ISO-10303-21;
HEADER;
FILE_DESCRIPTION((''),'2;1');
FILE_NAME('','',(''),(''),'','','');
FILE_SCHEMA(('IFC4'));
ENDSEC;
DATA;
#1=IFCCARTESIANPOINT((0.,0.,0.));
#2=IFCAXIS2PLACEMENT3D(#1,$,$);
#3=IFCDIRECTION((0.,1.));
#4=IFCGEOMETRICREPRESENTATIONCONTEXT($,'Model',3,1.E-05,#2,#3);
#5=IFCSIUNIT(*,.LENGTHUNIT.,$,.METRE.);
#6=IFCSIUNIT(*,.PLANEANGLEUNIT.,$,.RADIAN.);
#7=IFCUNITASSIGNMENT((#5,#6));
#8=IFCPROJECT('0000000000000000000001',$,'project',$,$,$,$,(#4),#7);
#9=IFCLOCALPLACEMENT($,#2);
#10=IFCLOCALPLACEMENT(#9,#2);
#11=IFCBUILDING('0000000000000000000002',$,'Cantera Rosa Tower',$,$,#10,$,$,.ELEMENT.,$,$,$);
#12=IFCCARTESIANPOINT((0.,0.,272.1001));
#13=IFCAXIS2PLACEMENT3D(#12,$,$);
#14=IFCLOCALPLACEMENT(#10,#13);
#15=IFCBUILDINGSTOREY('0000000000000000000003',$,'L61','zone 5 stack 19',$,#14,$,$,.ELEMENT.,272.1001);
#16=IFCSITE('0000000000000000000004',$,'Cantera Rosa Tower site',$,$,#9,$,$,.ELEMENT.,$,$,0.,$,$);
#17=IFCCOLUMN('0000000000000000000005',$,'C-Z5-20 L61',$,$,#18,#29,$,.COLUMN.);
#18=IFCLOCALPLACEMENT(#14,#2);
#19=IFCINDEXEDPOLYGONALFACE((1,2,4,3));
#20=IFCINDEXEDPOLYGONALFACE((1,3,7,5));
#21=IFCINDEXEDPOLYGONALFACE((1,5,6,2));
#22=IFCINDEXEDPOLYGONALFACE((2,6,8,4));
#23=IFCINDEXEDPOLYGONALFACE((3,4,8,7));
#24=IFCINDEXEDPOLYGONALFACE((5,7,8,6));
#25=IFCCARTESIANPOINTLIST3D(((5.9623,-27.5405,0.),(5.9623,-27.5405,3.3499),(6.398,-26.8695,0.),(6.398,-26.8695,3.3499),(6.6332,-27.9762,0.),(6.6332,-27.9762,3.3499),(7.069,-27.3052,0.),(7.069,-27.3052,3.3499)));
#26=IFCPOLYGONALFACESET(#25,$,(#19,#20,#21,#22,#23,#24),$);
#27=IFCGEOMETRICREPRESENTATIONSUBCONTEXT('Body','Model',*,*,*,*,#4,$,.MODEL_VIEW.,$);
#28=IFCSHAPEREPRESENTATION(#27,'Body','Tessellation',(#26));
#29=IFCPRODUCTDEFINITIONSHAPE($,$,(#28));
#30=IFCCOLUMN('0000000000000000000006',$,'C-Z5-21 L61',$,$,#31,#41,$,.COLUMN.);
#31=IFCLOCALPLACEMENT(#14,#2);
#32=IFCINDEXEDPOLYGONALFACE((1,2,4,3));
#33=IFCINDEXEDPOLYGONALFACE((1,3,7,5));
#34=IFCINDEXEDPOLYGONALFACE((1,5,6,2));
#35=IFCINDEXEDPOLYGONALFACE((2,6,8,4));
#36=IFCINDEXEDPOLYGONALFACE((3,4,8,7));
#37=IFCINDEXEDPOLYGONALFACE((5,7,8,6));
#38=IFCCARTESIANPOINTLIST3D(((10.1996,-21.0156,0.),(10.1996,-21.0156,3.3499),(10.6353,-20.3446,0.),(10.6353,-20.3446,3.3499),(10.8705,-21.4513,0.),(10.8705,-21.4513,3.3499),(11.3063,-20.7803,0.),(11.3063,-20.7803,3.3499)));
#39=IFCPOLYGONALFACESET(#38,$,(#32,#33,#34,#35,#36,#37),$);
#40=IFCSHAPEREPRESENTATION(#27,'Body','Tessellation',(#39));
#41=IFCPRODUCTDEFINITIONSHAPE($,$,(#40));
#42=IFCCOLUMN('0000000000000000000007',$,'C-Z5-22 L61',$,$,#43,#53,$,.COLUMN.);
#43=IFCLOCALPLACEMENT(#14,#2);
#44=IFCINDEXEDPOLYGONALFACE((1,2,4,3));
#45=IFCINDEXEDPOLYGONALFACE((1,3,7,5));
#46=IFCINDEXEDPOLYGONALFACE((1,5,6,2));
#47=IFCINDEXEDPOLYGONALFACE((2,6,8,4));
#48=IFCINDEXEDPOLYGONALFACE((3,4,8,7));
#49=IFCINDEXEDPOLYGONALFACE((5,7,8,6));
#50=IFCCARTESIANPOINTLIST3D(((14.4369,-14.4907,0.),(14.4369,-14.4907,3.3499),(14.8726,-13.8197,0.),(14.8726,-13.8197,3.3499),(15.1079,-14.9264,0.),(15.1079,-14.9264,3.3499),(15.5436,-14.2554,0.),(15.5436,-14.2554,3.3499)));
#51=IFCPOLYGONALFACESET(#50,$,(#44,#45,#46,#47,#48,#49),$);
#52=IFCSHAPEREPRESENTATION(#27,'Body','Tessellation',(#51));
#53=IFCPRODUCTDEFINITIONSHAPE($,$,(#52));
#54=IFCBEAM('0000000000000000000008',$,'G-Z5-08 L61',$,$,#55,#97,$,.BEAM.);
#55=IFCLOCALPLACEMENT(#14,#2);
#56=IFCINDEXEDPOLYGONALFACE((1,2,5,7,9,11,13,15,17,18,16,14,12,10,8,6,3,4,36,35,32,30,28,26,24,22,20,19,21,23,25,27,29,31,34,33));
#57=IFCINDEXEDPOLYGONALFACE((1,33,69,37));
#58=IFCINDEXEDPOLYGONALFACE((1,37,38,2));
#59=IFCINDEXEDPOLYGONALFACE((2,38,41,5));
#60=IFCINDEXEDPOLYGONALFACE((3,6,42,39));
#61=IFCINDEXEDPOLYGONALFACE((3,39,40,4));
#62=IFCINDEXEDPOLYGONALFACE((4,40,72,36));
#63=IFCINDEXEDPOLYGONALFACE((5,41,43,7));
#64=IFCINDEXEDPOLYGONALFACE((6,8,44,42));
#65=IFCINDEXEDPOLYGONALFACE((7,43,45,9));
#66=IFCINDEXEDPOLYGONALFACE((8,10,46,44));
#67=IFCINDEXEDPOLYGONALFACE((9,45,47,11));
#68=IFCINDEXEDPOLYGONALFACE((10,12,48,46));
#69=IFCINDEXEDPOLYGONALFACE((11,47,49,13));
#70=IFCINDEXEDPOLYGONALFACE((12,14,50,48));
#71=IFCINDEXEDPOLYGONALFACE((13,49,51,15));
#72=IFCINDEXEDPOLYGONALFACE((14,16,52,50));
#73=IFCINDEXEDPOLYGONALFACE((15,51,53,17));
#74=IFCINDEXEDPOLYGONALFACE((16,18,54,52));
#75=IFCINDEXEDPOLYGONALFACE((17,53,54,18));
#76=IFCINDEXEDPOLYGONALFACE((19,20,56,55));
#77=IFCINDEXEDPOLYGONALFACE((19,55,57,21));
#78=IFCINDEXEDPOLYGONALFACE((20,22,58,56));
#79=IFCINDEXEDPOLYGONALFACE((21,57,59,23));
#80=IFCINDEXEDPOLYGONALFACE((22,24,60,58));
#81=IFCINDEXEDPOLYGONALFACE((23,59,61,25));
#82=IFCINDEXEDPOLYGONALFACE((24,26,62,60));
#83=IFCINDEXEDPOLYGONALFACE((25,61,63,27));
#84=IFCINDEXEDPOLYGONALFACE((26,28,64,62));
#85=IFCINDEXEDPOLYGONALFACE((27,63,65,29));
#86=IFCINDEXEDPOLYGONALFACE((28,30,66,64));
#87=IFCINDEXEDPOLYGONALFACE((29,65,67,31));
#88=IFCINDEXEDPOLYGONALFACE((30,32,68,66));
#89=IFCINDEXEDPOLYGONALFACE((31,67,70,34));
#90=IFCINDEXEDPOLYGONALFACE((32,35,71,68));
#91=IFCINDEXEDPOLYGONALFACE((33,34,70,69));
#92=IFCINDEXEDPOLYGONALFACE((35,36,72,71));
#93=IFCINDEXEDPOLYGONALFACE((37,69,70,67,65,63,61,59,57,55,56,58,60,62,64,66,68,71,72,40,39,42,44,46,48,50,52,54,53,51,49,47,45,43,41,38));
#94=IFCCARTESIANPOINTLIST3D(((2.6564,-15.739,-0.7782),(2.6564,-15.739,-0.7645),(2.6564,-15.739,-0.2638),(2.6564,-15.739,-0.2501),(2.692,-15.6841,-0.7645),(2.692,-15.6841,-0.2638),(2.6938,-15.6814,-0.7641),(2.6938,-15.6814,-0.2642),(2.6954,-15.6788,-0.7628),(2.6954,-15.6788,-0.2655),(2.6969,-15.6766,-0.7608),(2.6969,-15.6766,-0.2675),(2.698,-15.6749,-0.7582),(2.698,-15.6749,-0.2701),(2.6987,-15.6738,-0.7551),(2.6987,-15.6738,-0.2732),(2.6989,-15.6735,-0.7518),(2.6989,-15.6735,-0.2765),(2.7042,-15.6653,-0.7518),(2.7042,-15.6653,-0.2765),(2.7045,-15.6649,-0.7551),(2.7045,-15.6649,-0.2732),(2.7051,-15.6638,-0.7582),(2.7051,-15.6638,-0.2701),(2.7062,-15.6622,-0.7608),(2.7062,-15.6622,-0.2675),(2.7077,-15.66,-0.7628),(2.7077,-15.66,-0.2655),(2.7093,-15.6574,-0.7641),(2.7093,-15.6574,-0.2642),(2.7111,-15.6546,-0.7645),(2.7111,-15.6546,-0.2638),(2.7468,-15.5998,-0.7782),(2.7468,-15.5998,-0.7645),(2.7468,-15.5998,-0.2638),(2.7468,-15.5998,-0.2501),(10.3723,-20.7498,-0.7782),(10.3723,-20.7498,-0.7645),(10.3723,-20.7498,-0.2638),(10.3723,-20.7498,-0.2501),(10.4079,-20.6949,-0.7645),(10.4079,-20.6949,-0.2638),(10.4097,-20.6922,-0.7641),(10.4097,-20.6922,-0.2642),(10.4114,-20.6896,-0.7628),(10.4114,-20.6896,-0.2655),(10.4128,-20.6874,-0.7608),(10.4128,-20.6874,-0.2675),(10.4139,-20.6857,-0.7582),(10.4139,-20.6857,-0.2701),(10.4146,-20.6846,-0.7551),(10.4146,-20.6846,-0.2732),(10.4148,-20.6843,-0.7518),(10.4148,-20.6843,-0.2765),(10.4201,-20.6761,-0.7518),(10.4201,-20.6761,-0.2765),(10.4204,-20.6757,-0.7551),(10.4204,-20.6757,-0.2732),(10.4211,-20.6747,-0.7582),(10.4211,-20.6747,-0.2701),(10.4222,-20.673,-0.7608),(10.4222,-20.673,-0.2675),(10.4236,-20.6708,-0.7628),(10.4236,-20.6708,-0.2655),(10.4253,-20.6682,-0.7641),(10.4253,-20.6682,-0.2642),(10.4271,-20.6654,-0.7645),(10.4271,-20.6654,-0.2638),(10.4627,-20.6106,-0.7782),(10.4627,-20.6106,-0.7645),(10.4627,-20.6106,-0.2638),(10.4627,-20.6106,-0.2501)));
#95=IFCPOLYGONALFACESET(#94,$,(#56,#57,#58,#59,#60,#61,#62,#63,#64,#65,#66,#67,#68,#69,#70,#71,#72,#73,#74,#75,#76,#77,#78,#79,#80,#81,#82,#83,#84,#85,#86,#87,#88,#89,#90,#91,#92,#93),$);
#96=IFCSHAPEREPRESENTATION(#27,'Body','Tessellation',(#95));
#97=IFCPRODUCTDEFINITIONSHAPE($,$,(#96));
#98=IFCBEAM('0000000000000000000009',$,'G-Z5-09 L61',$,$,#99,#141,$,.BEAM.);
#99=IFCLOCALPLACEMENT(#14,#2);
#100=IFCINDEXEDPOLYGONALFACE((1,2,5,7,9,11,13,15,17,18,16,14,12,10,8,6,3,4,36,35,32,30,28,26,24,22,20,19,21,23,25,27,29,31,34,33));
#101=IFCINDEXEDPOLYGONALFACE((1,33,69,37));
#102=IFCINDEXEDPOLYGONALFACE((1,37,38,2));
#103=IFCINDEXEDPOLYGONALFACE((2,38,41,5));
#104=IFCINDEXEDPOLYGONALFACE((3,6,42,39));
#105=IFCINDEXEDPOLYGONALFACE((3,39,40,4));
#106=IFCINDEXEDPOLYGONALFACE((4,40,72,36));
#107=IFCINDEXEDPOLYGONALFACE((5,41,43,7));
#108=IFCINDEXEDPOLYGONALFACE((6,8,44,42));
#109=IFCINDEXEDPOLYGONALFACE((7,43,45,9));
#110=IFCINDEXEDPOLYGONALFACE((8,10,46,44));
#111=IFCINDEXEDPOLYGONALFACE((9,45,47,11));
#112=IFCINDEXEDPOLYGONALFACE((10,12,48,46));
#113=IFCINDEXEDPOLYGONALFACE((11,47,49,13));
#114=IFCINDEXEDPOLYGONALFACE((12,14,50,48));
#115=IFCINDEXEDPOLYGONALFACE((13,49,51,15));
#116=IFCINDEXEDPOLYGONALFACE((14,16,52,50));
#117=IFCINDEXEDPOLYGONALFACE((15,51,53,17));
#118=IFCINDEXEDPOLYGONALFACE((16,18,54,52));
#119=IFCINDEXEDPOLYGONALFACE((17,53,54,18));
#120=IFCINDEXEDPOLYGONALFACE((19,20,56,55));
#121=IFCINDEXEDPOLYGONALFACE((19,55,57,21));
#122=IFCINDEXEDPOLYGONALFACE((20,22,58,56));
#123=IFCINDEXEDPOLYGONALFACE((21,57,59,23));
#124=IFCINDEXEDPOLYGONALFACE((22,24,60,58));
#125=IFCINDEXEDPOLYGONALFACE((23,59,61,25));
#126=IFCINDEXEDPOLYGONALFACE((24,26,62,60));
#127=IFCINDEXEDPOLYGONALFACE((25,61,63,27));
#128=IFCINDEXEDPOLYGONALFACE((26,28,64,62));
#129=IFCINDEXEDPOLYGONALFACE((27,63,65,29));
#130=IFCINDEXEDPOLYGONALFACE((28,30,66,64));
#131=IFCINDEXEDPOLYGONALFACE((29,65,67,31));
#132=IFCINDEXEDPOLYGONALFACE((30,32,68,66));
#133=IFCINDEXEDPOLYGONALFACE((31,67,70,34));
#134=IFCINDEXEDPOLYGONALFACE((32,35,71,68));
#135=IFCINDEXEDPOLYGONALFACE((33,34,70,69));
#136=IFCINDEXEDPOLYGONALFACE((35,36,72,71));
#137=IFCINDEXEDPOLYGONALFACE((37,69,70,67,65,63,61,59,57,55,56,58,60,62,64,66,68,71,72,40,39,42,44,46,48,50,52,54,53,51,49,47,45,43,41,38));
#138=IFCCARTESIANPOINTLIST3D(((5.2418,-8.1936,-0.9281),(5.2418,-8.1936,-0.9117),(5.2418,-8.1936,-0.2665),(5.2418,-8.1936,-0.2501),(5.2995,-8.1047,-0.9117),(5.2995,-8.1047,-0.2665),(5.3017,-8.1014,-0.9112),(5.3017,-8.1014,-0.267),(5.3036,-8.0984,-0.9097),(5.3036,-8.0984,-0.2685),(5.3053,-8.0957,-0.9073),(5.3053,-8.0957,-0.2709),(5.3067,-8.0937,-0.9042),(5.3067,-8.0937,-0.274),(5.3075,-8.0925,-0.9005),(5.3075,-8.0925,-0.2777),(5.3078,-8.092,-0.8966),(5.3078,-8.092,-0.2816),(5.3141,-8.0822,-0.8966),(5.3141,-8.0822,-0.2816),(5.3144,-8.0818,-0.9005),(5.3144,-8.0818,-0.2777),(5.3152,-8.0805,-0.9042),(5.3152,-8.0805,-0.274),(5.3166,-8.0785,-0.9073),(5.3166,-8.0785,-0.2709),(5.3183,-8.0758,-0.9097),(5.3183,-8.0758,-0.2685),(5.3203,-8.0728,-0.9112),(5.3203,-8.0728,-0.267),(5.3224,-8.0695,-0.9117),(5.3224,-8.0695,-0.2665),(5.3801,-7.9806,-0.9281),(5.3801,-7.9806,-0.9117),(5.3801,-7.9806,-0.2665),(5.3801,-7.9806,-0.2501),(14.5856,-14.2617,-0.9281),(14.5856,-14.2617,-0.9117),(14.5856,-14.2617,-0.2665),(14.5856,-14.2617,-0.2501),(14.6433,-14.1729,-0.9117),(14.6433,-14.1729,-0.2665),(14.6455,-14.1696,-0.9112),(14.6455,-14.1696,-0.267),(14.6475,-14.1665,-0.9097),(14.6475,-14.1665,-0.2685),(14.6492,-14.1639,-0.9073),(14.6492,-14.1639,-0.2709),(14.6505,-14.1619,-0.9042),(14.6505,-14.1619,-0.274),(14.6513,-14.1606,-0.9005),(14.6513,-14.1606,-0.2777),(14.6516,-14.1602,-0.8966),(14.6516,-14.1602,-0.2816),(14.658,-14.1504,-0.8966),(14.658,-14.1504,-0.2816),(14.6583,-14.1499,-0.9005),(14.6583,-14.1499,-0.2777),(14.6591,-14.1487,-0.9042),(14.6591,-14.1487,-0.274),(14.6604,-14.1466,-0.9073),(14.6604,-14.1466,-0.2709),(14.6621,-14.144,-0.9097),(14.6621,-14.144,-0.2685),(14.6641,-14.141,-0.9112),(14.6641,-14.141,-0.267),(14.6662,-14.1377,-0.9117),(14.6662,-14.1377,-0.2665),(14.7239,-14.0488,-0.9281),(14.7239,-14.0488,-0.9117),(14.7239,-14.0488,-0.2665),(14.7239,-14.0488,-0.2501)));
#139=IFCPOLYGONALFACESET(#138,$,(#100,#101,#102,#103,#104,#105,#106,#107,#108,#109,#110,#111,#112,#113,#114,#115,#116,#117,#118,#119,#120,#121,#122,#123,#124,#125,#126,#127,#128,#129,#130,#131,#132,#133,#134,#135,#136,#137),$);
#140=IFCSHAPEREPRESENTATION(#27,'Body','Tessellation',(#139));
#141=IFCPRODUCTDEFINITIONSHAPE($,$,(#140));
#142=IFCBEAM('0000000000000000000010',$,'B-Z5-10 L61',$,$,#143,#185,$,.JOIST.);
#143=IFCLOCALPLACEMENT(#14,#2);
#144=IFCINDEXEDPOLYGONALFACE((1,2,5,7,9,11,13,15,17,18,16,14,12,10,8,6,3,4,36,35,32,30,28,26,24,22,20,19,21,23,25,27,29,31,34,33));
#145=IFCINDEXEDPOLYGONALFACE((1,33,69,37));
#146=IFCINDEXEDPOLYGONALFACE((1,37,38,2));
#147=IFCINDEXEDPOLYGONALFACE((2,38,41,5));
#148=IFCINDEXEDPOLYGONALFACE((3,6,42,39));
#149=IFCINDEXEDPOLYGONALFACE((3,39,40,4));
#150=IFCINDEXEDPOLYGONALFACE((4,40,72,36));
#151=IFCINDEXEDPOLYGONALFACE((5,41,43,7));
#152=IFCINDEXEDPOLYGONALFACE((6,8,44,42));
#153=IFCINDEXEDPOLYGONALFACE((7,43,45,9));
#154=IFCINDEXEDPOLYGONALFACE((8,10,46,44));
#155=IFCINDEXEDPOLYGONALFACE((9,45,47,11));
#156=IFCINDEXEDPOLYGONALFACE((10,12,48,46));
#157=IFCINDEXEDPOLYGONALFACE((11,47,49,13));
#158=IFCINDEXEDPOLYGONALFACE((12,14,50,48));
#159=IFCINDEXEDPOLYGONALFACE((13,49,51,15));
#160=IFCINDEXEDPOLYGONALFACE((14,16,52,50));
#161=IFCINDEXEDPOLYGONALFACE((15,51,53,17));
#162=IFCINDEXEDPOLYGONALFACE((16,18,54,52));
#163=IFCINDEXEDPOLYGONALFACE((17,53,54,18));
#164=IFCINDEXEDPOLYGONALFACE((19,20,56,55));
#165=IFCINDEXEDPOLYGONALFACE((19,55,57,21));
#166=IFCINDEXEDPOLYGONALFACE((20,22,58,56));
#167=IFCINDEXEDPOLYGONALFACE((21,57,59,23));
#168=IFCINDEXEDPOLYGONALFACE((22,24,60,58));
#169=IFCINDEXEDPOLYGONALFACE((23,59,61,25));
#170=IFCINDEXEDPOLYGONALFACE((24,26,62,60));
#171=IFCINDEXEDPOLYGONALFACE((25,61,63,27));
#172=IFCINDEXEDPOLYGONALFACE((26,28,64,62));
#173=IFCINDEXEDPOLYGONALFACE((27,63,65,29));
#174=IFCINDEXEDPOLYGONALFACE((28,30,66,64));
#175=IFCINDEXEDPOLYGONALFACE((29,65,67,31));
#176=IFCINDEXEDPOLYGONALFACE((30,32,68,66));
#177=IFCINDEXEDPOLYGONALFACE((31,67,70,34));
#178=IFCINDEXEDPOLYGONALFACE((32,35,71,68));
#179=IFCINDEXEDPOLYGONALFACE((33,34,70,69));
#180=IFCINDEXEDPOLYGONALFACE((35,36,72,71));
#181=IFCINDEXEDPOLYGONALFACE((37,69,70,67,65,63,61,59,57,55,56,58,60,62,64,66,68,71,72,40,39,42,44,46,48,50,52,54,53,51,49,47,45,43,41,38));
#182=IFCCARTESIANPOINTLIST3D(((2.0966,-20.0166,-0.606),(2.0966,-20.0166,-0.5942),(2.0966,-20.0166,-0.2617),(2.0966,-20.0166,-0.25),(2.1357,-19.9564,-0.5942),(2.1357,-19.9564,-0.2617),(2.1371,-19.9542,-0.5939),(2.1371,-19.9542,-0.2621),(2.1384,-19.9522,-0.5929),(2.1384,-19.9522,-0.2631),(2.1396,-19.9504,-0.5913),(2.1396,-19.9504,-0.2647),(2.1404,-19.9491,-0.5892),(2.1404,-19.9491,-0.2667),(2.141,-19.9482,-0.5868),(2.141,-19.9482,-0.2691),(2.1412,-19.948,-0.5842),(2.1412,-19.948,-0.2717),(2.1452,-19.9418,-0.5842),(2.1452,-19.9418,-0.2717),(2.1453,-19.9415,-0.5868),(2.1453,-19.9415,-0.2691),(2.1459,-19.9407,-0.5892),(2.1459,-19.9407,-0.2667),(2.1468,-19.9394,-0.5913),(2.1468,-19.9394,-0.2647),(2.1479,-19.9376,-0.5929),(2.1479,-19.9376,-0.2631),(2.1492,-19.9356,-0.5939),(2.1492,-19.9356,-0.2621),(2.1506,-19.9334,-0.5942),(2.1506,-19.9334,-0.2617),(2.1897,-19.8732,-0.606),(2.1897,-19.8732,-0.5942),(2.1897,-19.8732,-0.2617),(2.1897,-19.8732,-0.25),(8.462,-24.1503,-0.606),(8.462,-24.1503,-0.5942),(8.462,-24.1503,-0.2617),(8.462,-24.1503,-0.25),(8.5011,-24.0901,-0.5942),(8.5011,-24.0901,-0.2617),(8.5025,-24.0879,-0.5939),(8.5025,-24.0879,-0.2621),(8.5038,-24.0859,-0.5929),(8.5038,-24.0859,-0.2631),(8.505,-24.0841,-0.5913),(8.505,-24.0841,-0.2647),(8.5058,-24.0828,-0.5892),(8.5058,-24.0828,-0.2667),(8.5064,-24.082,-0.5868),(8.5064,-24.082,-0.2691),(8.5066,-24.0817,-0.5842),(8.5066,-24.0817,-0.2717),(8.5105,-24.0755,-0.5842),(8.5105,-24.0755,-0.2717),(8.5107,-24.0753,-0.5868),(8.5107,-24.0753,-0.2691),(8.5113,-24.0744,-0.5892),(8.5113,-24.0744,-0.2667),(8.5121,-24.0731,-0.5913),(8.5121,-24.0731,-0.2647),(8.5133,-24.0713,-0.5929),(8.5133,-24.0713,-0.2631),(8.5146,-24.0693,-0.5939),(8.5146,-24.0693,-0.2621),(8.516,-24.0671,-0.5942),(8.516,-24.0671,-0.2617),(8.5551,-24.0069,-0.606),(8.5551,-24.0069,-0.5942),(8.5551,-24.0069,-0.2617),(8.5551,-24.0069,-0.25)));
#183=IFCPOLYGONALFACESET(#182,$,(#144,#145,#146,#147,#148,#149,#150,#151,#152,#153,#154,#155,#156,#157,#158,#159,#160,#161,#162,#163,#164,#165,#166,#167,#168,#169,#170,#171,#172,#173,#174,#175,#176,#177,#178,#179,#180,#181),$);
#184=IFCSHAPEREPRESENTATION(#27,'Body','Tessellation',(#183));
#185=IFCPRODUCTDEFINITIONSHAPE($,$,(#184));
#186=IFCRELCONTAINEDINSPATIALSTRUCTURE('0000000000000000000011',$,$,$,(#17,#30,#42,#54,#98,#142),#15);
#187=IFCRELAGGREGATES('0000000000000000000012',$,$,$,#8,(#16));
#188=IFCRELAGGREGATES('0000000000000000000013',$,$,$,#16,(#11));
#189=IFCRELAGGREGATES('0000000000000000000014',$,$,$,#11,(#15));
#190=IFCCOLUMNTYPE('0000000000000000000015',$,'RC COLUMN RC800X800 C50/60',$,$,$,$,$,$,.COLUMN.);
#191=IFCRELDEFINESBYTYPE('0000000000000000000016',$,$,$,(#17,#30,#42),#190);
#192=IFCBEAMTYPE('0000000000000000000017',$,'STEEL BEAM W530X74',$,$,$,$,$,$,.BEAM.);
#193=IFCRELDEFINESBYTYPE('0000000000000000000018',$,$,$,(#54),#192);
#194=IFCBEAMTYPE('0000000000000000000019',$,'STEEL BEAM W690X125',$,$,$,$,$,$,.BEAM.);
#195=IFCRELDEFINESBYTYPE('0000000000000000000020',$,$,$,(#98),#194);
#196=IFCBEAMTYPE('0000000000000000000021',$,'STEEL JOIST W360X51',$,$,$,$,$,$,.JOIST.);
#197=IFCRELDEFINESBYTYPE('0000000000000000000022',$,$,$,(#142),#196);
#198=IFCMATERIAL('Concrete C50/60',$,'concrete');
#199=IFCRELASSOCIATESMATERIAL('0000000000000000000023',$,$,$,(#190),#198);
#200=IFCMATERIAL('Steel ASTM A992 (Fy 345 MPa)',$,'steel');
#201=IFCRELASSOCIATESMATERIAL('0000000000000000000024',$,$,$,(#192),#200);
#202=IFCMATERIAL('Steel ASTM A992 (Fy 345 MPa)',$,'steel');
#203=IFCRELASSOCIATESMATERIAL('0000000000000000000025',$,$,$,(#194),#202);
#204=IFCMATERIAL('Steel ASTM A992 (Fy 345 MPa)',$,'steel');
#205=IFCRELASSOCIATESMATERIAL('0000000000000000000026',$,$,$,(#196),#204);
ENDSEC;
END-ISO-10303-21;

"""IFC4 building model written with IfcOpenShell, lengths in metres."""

from ifc_helpers import new_model, si_unit, direction, frame, origin, origin_2d, place, context, subcontext, project, spatial, rectangle, i_section, extrude, material, material_profile, profile_set, type_object, element, save


model = new_model("IFC4")

# Units and contexts
model_context = context("Model", 3, precision=1e-05, world=origin(), true_north=direction((0.0, 1.0)))
body_context = subcontext(model_context, "Body", "Model", "MODEL_VIEW")
ifc_project = project(units=[si_unit("LENGTHUNIT", "METRE"), si_unit("PLANEANGLEUNIT", "RADIAN")], contexts=[model_context])

# Site, building, storey
site_placement = place(None, origin())
site = spatial("IfcSite", under=ifc_project, at=site_placement, Name="Cantera Rosa Tower site", CompositionType="ELEMENT", RefElevation=0.0)
building_placement = place(site_placement, origin())
building = spatial("IfcBuilding", under=site, at=building_placement, Name="Cantera Rosa Tower", CompositionType="ELEMENT")
storey_placement = place(building_placement, frame((0.0, 0.0, 272.1001)))
storey = spatial("IfcBuildingStorey", under=building, at=storey_placement, Name="L61", Description="zone 5 stack 19", CompositionType="ELEMENT", Elevation=272.1001)

# Columns
ifc_material_1 = material(Name="Concrete C50/60", Category="concrete")
ifc_material_profile_1 = material_profile(ifc_material_1, rectangle(XDim=0.8, YDim=0.8, at=origin_2d()), Name="RC COLUMN RC800X800 C50/60")
ifc_profile_set_1 = profile_set([ifc_material_profile_1], Name="Concrete C50/60")
column_type = type_object("IfcColumnType", Name="RC COLUMN RC800X800 C50/60", PredefinedType="COLUMN", material=ifc_profile_set_1)
for number, where, z_axis, x_axis, name in (
    (1, (6.5156, -27.4229, 0.0), (0.0, 0.0, 1.0), (0.544639, 0.838671, 0.0), "C-Z5-20 L61"),
    (2, (10.7529, -20.8979, 0.0), (0.0, 0.0, 1.0), (0.544639, 0.838671, 0.0), "C-Z5-21 L61"),
    (3, (14.9902, -14.373, 0.0), (0.0, 0.0, 1.0), (0.544639, 0.838671, 0.0), "C-Z5-22 L61"),
):
    element("IfcColumn", number, at=place(storey_placement, frame(where, z_axis=z_axis, x_axis=x_axis)), inside=storey, type_object=column_type, Name=name, PredefinedType="COLUMN", context=body_context, shape_type="SweptSolid", body=[
        extrude(rectangle(XDim=0.8, YDim=0.8, at=origin_2d()), origin(), (0.0, 0.0, 1.0), 3.3499),
    ])

# Beams
ifc_material_2 = material(Name="Steel ASTM A992 (Fy 345 MPa)", Category="steel")
ifc_material_profile_2 = material_profile(ifc_material_2, i_section(OverallWidth=0.166, OverallDepth=0.5281, WebThickness=0.0098, FlangeThickness=0.0137, FilletRadius=0.0127, at=origin_2d()), Name="W530X74")
ifc_profile_set_2 = profile_set([ifc_material_profile_2], Name="Steel ASTM A992 (Fy 345 MPa)")
beam_type_1 = type_object("IfcBeamType", Name="STEEL BEAM W530X74", PredefinedType="BEAM", material=ifc_profile_set_2)
beam_1_placement = place(storey_placement, frame((10.4175, -20.6802, -0.5142), z_axis=(-0.838669, 0.544641, 0.0), x_axis=(-0.544641, -0.838669, 0.0)))
element("IfcBeam", 4, at=beam_1_placement, inside=storey, type_object=beam_type_1, Name="G-Z5-08 L61", PredefinedType="BEAM", context=body_context, shape_type="SweptSolid", body=[
    extrude(i_section(OverallWidth=0.166, OverallDepth=0.5281, WebThickness=0.0098, FlangeThickness=0.0137, FilletRadius=0.0127, at=origin_2d()), origin(), (0.0, 0.0, 1.0), 9.2002),
])
ifc_material_3 = material(Name="Steel ASTM A992 (Fy 345 MPa)", Category="steel")
ifc_material_profile_3 = material_profile(ifc_material_3, i_section(OverallWidth=0.2539, OverallDepth=0.678, WebThickness=0.0117, FlangeThickness=0.0164, FilletRadius=0.0151, at=origin_2d()), Name="W690X125")
ifc_profile_set_3 = profile_set([ifc_material_profile_3], Name="Steel ASTM A992 (Fy 345 MPa)")
beam_type_2 = type_object("IfcBeamType", Name="STEEL BEAM W690X125", PredefinedType="BEAM", material=ifc_profile_set_3)
beam_2_placement = place(storey_placement, frame((14.6548, -14.1553, -0.5891), z_axis=(-0.838662, 0.544652, 0.0), x_axis=(-0.544652, -0.838662, 0.0)))
element("IfcBeam", 5, at=beam_2_placement, inside=storey, type_object=beam_type_2, Name="G-Z5-09 L61", PredefinedType="BEAM", context=body_context, shape_type="SweptSolid", body=[
    extrude(i_section(OverallWidth=0.2539, OverallDepth=0.678, WebThickness=0.0117, FlangeThickness=0.0164, FilletRadius=0.0151, at=origin_2d()), origin(), (0.0, 0.0, 1.0), 11.1414),
])
ifc_material_4 = material(Name="Steel ASTM A992 (Fy 345 MPa)", Category="steel")
ifc_material_profile_4 = material_profile(ifc_material_4, i_section(OverallWidth=0.1709, OverallDepth=0.356, WebThickness=0.0073, FlangeThickness=0.0117, FilletRadius=0.01, at=origin_2d()), Name="W360X51")
ifc_profile_set_4 = profile_set([ifc_material_profile_4], Name="Steel ASTM A992 (Fy 345 MPa)")
beam_type_3 = type_object("IfcBeamType", Name="STEEL JOIST W360X51", PredefinedType="JOIST", material=ifc_profile_set_4)
beam_3_placement = place(storey_placement, frame((8.5085, -24.0786, -0.428), z_axis=(-0.838671, 0.544639, 0.0), x_axis=(-0.544639, -0.838671, 0.0)))
element("IfcBeam", 6, at=beam_3_placement, inside=storey, type_object=beam_type_3, Name="B-Z5-10 L61", PredefinedType="JOIST", context=body_context, shape_type="SweptSolid", body=[
    extrude(i_section(OverallWidth=0.1709, OverallDepth=0.356, WebThickness=0.0073, FlangeThickness=0.0117, FilletRadius=0.01, at=origin_2d()), origin(), (0.0, 0.0, 1.0), 7.5898),
])

save(model, "model.ifc")
